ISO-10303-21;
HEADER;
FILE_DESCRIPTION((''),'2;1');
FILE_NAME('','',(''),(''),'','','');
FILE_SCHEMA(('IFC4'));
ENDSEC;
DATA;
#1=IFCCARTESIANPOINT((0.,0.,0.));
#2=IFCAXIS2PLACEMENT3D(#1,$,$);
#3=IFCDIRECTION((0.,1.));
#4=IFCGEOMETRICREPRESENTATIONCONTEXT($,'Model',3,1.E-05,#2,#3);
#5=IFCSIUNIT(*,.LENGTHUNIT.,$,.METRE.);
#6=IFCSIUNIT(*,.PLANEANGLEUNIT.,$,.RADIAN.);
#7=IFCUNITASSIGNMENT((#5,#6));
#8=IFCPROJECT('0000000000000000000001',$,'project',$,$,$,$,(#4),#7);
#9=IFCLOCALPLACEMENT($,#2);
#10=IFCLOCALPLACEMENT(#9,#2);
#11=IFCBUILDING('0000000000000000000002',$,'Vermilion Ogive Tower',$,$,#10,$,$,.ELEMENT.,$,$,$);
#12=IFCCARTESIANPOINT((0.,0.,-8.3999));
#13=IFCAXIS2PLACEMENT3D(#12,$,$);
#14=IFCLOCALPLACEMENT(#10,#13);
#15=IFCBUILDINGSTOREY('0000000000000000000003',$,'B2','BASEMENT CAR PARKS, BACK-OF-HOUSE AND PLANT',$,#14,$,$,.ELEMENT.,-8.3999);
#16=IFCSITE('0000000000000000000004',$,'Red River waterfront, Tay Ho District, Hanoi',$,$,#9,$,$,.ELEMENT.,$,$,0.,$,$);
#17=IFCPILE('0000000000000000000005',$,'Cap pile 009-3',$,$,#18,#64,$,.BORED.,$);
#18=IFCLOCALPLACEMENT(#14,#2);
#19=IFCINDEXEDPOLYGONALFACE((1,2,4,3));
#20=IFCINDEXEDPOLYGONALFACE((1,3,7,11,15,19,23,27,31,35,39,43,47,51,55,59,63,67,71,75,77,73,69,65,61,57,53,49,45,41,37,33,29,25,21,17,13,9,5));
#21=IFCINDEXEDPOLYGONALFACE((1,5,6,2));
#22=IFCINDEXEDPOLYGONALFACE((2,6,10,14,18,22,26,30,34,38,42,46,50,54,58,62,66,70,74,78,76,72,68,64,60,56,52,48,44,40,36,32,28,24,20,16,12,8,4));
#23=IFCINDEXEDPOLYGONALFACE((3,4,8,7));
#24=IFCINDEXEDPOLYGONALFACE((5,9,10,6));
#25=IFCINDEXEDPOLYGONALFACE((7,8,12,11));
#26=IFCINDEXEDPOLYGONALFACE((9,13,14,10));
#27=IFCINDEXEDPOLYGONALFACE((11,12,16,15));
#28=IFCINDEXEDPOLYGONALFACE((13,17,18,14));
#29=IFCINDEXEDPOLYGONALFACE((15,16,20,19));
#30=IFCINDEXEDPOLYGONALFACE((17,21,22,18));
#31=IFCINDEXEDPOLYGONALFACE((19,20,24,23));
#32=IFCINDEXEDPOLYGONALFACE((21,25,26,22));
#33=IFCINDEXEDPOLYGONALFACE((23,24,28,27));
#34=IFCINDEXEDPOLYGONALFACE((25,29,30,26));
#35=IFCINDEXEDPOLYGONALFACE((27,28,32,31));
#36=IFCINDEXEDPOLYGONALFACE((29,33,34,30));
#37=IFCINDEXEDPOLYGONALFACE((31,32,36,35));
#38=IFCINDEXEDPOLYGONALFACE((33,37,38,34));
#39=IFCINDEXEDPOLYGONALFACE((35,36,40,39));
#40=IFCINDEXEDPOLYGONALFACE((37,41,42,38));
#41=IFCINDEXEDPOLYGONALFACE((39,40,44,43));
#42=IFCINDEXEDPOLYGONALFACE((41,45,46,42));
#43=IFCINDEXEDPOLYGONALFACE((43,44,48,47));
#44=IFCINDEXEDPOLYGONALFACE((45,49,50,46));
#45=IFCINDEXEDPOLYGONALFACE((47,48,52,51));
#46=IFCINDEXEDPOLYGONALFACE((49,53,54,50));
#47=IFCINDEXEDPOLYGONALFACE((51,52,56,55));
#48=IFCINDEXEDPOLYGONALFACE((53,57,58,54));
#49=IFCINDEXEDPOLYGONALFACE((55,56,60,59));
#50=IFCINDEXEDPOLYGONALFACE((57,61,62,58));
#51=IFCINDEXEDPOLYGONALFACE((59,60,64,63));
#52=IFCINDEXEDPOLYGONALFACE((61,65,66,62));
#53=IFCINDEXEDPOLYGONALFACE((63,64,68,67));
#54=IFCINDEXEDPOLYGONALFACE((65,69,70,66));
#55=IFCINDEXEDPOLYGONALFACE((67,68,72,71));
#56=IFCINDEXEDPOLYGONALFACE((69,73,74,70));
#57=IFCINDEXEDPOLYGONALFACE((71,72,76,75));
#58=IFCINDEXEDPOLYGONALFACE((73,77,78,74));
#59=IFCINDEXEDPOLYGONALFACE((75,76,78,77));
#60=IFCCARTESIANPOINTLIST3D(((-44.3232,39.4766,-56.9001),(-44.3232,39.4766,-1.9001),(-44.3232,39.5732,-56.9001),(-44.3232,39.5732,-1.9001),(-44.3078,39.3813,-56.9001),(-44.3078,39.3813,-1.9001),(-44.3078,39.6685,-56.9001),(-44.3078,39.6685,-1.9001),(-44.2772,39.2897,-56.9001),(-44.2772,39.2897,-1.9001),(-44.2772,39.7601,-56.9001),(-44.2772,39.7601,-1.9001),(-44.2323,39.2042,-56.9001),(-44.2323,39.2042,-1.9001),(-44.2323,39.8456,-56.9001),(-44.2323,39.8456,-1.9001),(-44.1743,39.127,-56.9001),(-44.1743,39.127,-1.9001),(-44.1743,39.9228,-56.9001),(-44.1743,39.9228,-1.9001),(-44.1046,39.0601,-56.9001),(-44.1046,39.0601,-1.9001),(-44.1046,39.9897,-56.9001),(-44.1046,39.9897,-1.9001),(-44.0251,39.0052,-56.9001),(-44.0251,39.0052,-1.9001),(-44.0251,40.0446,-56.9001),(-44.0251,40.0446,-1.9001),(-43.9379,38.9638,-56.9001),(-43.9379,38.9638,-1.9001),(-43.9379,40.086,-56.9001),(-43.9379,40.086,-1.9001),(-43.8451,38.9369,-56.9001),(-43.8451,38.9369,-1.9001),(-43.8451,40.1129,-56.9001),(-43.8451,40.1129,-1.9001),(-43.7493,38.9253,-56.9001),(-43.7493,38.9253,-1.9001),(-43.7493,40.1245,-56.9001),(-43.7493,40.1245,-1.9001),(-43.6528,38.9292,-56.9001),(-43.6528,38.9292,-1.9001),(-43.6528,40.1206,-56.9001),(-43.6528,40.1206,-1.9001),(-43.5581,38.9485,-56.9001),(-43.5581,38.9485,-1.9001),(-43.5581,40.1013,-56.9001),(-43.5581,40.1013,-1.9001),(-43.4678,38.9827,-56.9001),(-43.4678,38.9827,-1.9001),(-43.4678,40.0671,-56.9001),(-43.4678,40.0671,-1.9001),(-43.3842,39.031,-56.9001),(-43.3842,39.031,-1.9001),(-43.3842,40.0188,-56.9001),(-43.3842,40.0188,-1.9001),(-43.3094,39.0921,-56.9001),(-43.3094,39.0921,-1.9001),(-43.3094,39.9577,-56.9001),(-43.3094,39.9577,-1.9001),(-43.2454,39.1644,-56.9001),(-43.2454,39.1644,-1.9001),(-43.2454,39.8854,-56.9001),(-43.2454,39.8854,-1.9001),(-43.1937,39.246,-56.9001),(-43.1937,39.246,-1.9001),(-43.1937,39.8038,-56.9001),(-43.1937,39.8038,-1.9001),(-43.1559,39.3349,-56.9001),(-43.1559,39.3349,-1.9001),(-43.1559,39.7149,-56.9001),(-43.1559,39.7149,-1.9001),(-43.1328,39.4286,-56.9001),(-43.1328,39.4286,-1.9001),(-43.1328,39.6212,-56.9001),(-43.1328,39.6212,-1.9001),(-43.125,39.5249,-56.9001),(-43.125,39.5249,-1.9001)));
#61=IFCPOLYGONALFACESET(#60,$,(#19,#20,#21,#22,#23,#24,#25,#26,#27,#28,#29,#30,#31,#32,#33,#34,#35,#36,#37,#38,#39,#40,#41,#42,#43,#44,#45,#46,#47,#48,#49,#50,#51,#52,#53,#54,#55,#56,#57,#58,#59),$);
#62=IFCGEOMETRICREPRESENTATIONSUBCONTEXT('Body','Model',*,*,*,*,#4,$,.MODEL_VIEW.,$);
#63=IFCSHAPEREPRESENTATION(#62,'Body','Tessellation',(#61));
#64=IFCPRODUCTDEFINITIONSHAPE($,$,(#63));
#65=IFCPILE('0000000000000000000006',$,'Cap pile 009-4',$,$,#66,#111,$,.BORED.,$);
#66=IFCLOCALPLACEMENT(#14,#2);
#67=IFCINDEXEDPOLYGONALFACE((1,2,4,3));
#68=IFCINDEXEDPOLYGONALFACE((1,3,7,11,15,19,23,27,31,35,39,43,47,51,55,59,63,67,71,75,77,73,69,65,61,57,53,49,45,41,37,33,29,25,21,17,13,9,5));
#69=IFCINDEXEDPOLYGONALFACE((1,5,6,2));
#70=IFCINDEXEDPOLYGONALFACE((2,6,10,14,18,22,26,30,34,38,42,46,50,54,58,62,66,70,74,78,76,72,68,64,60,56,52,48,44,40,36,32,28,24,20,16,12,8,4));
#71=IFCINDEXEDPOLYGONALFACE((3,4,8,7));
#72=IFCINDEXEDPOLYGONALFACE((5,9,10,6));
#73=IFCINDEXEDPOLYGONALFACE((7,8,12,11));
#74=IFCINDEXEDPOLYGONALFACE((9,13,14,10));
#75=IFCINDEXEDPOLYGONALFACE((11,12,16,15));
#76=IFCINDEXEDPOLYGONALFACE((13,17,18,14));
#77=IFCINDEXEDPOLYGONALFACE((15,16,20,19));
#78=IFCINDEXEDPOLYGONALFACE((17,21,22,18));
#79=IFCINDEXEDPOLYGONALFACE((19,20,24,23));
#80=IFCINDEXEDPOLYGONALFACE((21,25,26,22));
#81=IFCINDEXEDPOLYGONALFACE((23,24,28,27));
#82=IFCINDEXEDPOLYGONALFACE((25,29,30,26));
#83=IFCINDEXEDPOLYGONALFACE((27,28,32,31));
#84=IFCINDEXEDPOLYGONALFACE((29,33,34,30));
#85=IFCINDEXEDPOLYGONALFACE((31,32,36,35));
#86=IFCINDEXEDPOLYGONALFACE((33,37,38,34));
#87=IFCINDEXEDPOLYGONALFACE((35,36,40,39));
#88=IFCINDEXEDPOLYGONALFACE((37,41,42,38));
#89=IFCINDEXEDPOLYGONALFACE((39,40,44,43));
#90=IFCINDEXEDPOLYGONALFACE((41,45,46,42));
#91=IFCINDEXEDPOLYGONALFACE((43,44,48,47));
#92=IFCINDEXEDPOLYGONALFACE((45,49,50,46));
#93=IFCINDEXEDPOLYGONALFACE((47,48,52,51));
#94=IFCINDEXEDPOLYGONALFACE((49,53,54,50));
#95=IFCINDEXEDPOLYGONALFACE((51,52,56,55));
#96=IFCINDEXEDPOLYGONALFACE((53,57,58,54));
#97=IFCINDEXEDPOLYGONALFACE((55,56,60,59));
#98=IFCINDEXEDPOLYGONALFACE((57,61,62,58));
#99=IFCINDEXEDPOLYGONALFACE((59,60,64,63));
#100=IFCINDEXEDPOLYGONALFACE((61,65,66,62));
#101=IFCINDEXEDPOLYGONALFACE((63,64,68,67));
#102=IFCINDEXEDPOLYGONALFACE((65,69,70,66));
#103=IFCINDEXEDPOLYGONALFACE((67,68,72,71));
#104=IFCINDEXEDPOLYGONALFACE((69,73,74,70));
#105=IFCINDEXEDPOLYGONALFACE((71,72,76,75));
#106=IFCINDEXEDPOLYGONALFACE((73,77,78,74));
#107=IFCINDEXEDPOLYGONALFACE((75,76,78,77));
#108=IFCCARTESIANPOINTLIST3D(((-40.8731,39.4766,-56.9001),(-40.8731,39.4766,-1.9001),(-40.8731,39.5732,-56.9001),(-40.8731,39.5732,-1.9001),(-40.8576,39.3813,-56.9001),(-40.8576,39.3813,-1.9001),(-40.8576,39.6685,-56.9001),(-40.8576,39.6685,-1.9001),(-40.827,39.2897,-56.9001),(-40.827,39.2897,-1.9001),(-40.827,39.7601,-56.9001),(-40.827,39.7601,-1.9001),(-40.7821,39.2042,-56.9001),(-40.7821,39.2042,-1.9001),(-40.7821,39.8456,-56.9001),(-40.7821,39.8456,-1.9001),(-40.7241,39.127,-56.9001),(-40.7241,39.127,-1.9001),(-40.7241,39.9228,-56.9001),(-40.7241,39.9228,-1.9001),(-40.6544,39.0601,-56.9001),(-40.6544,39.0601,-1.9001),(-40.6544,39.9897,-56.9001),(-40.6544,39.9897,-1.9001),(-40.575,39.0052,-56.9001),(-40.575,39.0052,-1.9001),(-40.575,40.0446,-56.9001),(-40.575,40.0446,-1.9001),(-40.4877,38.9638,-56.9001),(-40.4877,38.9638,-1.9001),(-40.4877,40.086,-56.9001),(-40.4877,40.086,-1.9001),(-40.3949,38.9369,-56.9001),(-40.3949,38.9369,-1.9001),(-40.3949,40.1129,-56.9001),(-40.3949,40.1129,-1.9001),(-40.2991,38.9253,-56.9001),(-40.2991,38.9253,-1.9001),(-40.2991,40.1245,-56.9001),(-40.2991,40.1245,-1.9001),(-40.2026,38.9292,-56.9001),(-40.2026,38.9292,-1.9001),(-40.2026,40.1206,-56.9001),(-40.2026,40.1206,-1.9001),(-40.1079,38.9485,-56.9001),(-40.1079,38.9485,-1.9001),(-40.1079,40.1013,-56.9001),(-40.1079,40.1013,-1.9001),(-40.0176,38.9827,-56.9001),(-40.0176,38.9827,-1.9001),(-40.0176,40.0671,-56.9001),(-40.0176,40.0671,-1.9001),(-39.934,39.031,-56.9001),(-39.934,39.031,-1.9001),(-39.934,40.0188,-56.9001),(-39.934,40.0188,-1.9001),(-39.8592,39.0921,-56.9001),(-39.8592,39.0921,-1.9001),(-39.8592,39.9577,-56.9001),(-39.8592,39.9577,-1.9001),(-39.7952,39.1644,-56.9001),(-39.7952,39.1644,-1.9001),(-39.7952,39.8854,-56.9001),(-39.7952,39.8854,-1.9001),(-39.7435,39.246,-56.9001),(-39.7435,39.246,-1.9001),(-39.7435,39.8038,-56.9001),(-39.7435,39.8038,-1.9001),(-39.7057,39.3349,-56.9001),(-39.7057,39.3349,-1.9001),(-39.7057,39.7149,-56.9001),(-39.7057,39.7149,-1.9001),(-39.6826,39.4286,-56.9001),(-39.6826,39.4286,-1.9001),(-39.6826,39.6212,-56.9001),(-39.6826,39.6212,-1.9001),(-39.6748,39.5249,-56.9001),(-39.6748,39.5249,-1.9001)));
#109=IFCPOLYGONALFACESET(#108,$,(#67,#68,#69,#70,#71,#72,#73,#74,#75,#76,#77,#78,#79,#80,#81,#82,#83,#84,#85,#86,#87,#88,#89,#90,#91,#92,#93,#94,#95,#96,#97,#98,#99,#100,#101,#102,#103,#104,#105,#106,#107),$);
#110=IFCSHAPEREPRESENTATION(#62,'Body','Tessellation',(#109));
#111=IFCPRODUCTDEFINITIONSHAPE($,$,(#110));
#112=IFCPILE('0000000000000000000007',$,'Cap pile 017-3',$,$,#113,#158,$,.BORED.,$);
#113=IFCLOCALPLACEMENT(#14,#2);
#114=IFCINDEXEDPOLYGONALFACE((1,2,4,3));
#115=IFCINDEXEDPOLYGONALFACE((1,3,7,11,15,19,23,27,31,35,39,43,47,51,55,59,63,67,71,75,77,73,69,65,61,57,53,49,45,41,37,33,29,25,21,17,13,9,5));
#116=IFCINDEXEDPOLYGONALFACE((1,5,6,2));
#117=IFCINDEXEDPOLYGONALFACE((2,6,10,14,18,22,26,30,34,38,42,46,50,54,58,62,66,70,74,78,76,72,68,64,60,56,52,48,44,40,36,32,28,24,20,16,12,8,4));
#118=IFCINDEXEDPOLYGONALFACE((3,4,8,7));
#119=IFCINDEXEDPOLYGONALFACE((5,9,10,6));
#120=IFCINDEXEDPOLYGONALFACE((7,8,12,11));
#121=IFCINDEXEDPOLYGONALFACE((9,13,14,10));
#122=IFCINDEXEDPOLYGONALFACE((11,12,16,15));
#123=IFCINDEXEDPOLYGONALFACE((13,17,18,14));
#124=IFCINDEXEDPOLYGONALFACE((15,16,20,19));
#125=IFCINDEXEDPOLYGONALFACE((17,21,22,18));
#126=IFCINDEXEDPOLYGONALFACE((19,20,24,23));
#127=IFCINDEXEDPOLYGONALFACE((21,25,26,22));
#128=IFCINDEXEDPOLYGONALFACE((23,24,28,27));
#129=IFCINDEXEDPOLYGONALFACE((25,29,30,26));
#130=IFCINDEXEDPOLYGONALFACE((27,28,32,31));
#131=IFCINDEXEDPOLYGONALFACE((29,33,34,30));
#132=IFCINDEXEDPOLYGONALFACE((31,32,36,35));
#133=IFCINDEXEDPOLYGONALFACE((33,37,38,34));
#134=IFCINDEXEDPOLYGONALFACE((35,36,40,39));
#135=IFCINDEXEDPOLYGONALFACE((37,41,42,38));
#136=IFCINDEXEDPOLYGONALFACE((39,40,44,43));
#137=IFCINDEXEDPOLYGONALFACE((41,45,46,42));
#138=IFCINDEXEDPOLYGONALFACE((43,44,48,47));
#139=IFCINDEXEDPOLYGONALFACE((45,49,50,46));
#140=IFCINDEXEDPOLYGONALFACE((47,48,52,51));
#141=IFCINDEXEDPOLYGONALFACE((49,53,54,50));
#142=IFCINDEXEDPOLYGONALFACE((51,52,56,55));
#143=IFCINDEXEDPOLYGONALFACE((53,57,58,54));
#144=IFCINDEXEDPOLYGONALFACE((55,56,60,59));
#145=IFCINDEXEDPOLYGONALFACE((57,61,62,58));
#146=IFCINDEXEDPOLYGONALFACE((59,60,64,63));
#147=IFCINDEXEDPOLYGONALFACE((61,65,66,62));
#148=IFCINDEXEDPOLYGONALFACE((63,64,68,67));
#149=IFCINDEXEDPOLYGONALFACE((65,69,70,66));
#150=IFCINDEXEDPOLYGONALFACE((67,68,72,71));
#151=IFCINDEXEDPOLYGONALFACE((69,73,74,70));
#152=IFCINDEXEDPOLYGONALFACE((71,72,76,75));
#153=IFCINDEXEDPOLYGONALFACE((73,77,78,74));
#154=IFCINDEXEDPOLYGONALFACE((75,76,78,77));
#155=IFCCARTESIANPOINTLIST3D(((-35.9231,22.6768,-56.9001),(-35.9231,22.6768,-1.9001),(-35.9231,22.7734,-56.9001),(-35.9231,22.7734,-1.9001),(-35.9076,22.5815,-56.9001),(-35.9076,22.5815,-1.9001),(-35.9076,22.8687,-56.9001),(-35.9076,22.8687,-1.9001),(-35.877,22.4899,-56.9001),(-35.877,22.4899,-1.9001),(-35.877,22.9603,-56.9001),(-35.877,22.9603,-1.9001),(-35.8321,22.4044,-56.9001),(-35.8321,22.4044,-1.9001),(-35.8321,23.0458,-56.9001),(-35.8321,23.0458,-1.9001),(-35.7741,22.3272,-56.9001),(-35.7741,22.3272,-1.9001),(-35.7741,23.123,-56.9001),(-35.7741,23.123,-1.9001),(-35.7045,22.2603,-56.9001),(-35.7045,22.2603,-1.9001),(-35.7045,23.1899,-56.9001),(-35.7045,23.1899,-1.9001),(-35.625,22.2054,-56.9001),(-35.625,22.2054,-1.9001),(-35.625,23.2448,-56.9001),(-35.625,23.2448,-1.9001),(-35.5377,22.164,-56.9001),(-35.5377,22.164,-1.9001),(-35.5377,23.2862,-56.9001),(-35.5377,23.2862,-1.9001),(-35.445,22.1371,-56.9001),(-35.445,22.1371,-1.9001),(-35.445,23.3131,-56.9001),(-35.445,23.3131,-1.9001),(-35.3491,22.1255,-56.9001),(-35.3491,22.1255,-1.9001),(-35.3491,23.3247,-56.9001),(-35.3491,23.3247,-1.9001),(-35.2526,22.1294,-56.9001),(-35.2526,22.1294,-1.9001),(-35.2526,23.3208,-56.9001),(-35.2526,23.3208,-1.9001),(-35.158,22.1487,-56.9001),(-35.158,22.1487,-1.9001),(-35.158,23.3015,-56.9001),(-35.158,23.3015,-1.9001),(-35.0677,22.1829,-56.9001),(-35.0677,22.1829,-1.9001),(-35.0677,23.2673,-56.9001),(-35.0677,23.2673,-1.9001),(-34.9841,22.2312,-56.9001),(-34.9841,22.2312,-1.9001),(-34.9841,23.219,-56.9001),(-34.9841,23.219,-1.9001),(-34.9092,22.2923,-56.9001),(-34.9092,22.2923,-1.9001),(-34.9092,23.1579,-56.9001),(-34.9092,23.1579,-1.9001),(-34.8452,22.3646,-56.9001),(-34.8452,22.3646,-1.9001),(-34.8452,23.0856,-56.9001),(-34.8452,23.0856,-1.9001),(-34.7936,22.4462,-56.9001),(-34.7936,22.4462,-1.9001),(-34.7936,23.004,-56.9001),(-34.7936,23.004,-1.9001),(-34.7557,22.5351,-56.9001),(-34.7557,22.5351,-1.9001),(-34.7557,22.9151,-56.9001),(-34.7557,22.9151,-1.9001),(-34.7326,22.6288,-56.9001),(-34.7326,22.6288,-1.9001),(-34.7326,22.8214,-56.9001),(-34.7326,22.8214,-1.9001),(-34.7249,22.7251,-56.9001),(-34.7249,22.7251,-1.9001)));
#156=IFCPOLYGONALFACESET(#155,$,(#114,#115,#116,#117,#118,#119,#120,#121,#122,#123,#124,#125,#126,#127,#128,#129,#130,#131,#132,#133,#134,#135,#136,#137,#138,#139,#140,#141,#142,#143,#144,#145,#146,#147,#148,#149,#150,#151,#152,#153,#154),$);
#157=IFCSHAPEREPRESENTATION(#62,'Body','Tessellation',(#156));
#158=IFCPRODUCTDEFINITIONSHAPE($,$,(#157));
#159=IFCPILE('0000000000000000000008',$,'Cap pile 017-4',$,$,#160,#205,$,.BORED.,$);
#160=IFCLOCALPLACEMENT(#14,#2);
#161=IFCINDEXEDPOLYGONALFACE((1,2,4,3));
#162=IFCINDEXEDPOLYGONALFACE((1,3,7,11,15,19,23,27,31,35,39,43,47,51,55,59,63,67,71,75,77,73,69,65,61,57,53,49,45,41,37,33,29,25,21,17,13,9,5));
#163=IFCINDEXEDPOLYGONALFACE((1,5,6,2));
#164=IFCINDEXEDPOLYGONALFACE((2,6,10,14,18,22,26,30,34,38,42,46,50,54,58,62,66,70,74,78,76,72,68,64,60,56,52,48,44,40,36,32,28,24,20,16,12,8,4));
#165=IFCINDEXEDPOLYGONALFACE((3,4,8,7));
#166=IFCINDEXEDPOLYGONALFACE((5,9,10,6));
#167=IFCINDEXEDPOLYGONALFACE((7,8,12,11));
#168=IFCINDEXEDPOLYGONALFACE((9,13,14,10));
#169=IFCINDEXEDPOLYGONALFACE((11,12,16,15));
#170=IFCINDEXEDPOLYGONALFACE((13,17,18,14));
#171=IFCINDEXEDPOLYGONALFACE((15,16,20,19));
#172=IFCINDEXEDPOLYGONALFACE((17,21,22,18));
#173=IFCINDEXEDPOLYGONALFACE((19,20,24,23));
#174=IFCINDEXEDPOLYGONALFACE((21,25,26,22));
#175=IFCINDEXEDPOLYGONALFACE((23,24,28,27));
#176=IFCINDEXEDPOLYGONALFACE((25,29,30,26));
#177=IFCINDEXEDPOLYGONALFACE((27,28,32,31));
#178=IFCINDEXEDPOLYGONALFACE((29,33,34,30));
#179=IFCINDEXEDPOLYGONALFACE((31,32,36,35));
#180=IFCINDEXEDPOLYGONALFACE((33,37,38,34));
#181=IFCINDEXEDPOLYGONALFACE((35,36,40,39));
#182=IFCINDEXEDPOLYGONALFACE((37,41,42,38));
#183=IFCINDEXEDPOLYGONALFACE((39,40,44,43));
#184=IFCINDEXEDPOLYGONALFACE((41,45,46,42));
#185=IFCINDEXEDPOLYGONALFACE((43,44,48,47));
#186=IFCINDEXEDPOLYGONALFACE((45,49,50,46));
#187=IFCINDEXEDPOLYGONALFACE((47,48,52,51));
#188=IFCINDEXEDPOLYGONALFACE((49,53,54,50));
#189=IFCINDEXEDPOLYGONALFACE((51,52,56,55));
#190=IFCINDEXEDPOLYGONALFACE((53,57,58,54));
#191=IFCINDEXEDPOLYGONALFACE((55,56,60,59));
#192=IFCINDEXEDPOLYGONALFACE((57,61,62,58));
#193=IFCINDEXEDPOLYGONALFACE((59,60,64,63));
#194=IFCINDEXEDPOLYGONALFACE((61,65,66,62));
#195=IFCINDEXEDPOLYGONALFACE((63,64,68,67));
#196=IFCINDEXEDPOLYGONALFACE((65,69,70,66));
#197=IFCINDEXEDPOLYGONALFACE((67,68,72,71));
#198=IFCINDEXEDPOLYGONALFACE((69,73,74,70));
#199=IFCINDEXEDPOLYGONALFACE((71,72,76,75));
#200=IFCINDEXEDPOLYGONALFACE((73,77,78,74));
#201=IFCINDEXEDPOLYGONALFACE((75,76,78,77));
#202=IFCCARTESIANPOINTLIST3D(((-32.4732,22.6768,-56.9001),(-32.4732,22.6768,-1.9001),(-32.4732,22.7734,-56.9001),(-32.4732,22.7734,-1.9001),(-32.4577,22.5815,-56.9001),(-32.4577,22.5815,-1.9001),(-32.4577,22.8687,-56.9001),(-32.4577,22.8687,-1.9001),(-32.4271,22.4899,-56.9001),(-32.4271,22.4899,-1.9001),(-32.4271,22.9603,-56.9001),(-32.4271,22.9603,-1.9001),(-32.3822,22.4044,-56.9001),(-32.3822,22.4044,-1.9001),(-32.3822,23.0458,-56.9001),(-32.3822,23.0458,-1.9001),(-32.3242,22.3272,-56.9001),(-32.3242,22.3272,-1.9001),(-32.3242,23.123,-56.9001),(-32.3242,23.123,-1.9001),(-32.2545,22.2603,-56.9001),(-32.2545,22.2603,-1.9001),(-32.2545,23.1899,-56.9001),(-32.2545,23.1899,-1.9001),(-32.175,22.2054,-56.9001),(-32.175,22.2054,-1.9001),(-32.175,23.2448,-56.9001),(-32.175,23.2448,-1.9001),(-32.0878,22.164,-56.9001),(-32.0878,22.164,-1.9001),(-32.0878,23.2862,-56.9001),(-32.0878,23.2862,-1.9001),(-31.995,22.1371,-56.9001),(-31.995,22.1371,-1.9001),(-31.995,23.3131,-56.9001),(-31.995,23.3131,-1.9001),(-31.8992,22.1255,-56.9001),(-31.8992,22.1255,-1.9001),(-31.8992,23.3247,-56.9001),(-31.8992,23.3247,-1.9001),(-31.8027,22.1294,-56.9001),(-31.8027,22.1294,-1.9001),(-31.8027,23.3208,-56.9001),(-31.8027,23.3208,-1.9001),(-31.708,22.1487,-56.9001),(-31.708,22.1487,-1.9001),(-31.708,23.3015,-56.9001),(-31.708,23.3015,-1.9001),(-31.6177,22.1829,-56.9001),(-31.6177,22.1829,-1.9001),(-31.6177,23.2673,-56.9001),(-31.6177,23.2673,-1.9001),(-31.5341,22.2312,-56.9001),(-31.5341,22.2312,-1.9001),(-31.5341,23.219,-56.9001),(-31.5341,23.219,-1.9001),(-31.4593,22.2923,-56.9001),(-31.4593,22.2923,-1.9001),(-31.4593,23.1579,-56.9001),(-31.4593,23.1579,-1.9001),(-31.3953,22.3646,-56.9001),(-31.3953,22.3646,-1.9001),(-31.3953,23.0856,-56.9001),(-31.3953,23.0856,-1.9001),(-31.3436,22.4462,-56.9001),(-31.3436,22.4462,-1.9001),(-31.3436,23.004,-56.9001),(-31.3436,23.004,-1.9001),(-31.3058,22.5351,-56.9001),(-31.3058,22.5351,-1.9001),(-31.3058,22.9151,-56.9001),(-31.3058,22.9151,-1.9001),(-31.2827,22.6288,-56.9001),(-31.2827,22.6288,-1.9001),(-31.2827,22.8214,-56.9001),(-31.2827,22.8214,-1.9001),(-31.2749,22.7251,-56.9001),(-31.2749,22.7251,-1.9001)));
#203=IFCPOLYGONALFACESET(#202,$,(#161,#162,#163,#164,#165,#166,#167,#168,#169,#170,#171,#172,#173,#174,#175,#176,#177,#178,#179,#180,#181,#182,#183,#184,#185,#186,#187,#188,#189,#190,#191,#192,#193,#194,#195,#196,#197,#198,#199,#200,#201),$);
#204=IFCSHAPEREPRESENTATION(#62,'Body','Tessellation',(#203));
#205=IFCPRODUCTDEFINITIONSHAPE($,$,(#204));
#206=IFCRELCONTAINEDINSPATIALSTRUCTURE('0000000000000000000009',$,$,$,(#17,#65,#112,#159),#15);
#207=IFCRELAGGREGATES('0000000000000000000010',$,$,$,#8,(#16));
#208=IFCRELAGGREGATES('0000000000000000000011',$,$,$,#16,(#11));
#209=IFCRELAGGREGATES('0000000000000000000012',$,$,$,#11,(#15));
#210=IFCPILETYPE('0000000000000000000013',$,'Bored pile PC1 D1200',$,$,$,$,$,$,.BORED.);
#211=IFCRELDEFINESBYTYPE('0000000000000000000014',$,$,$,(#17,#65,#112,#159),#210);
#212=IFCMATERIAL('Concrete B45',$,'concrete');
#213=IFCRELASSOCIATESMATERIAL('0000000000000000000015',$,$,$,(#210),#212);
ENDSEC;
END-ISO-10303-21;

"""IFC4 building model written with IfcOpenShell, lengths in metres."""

from ifc_helpers import new_model, si_unit, direction, frame, origin, origin_2d, place, context, subcontext, project, spatial, circle, extrude, material, type_object, element, save


model = new_model("IFC4")

# Units and contexts
model_context = context("Model", 3, precision=1e-05, world=origin(), true_north=direction((0.0, 1.0)))
body_context = subcontext(model_context, "Body", "Model", "MODEL_VIEW")
ifc_project = project(units=[si_unit("LENGTHUNIT", "METRE"), si_unit("PLANEANGLEUNIT", "RADIAN")], contexts=[model_context])

# Site, building, storey
site_placement = place(None, origin())
site = spatial("IfcSite", under=ifc_project, at=site_placement, Name="Red River waterfront, Tay Ho District, Hanoi", CompositionType="ELEMENT", RefElevation=0.0)
building_placement = place(site_placement, origin())
building = spatial("IfcBuilding", under=site, at=building_placement, Name="Vermilion Ogive Tower", CompositionType="ELEMENT")
storey_placement = place(building_placement, frame((0.0, 0.0, -8.3999)))
storey = spatial("IfcBuildingStorey", under=building, at=storey_placement, Name="B2", Description="BASEMENT CAR PARKS, BACK-OF-HOUSE AND PLANT", CompositionType="ELEMENT", Elevation=-8.3999)

# Piles
ifc_material_1 = material(Name="Concrete B45", Category="concrete")
pile_type = type_object("IfcPileType", Name="Bored pile PC1 D1200", PredefinedType="BORED", material=ifc_material_1)
for number, where, z_axis, x_axis, name in (
    (1, (-43.7251, 39.5249, -1.9001), (0.0, 0.0, -1.0), (1.0, 0.0, 0.0), "Cap pile 009-3"),
    (2, (-40.2749, 39.5249, -1.9001), (0.0, 0.0, -1.0), (1.0, 0.0, 0.0), "Cap pile 009-4"),
    (3, (-35.325, 22.7251, -1.9001), (0.0, 0.0, -1.0), (1.0, 0.0, 0.0), "Cap pile 017-3"),
    (4, (-31.875, 22.7251, -1.9001), (0.0, 0.0, -1.0), (1.0, 0.0, 0.0), "Cap pile 017-4"),
):
    element("IfcPile", number, at=place(storey_placement, frame(where, z_axis=z_axis, x_axis=x_axis)), inside=storey, type_object=pile_type, Name=name, PredefinedType="BORED", context=body_context, shape_type="SweptSolid", body=[
        extrude(circle(Radius=0.6001, at=origin_2d()), origin(), (0.0, 0.0, 1.0), 55.0),
    ])

save(model, "model.ifc")
